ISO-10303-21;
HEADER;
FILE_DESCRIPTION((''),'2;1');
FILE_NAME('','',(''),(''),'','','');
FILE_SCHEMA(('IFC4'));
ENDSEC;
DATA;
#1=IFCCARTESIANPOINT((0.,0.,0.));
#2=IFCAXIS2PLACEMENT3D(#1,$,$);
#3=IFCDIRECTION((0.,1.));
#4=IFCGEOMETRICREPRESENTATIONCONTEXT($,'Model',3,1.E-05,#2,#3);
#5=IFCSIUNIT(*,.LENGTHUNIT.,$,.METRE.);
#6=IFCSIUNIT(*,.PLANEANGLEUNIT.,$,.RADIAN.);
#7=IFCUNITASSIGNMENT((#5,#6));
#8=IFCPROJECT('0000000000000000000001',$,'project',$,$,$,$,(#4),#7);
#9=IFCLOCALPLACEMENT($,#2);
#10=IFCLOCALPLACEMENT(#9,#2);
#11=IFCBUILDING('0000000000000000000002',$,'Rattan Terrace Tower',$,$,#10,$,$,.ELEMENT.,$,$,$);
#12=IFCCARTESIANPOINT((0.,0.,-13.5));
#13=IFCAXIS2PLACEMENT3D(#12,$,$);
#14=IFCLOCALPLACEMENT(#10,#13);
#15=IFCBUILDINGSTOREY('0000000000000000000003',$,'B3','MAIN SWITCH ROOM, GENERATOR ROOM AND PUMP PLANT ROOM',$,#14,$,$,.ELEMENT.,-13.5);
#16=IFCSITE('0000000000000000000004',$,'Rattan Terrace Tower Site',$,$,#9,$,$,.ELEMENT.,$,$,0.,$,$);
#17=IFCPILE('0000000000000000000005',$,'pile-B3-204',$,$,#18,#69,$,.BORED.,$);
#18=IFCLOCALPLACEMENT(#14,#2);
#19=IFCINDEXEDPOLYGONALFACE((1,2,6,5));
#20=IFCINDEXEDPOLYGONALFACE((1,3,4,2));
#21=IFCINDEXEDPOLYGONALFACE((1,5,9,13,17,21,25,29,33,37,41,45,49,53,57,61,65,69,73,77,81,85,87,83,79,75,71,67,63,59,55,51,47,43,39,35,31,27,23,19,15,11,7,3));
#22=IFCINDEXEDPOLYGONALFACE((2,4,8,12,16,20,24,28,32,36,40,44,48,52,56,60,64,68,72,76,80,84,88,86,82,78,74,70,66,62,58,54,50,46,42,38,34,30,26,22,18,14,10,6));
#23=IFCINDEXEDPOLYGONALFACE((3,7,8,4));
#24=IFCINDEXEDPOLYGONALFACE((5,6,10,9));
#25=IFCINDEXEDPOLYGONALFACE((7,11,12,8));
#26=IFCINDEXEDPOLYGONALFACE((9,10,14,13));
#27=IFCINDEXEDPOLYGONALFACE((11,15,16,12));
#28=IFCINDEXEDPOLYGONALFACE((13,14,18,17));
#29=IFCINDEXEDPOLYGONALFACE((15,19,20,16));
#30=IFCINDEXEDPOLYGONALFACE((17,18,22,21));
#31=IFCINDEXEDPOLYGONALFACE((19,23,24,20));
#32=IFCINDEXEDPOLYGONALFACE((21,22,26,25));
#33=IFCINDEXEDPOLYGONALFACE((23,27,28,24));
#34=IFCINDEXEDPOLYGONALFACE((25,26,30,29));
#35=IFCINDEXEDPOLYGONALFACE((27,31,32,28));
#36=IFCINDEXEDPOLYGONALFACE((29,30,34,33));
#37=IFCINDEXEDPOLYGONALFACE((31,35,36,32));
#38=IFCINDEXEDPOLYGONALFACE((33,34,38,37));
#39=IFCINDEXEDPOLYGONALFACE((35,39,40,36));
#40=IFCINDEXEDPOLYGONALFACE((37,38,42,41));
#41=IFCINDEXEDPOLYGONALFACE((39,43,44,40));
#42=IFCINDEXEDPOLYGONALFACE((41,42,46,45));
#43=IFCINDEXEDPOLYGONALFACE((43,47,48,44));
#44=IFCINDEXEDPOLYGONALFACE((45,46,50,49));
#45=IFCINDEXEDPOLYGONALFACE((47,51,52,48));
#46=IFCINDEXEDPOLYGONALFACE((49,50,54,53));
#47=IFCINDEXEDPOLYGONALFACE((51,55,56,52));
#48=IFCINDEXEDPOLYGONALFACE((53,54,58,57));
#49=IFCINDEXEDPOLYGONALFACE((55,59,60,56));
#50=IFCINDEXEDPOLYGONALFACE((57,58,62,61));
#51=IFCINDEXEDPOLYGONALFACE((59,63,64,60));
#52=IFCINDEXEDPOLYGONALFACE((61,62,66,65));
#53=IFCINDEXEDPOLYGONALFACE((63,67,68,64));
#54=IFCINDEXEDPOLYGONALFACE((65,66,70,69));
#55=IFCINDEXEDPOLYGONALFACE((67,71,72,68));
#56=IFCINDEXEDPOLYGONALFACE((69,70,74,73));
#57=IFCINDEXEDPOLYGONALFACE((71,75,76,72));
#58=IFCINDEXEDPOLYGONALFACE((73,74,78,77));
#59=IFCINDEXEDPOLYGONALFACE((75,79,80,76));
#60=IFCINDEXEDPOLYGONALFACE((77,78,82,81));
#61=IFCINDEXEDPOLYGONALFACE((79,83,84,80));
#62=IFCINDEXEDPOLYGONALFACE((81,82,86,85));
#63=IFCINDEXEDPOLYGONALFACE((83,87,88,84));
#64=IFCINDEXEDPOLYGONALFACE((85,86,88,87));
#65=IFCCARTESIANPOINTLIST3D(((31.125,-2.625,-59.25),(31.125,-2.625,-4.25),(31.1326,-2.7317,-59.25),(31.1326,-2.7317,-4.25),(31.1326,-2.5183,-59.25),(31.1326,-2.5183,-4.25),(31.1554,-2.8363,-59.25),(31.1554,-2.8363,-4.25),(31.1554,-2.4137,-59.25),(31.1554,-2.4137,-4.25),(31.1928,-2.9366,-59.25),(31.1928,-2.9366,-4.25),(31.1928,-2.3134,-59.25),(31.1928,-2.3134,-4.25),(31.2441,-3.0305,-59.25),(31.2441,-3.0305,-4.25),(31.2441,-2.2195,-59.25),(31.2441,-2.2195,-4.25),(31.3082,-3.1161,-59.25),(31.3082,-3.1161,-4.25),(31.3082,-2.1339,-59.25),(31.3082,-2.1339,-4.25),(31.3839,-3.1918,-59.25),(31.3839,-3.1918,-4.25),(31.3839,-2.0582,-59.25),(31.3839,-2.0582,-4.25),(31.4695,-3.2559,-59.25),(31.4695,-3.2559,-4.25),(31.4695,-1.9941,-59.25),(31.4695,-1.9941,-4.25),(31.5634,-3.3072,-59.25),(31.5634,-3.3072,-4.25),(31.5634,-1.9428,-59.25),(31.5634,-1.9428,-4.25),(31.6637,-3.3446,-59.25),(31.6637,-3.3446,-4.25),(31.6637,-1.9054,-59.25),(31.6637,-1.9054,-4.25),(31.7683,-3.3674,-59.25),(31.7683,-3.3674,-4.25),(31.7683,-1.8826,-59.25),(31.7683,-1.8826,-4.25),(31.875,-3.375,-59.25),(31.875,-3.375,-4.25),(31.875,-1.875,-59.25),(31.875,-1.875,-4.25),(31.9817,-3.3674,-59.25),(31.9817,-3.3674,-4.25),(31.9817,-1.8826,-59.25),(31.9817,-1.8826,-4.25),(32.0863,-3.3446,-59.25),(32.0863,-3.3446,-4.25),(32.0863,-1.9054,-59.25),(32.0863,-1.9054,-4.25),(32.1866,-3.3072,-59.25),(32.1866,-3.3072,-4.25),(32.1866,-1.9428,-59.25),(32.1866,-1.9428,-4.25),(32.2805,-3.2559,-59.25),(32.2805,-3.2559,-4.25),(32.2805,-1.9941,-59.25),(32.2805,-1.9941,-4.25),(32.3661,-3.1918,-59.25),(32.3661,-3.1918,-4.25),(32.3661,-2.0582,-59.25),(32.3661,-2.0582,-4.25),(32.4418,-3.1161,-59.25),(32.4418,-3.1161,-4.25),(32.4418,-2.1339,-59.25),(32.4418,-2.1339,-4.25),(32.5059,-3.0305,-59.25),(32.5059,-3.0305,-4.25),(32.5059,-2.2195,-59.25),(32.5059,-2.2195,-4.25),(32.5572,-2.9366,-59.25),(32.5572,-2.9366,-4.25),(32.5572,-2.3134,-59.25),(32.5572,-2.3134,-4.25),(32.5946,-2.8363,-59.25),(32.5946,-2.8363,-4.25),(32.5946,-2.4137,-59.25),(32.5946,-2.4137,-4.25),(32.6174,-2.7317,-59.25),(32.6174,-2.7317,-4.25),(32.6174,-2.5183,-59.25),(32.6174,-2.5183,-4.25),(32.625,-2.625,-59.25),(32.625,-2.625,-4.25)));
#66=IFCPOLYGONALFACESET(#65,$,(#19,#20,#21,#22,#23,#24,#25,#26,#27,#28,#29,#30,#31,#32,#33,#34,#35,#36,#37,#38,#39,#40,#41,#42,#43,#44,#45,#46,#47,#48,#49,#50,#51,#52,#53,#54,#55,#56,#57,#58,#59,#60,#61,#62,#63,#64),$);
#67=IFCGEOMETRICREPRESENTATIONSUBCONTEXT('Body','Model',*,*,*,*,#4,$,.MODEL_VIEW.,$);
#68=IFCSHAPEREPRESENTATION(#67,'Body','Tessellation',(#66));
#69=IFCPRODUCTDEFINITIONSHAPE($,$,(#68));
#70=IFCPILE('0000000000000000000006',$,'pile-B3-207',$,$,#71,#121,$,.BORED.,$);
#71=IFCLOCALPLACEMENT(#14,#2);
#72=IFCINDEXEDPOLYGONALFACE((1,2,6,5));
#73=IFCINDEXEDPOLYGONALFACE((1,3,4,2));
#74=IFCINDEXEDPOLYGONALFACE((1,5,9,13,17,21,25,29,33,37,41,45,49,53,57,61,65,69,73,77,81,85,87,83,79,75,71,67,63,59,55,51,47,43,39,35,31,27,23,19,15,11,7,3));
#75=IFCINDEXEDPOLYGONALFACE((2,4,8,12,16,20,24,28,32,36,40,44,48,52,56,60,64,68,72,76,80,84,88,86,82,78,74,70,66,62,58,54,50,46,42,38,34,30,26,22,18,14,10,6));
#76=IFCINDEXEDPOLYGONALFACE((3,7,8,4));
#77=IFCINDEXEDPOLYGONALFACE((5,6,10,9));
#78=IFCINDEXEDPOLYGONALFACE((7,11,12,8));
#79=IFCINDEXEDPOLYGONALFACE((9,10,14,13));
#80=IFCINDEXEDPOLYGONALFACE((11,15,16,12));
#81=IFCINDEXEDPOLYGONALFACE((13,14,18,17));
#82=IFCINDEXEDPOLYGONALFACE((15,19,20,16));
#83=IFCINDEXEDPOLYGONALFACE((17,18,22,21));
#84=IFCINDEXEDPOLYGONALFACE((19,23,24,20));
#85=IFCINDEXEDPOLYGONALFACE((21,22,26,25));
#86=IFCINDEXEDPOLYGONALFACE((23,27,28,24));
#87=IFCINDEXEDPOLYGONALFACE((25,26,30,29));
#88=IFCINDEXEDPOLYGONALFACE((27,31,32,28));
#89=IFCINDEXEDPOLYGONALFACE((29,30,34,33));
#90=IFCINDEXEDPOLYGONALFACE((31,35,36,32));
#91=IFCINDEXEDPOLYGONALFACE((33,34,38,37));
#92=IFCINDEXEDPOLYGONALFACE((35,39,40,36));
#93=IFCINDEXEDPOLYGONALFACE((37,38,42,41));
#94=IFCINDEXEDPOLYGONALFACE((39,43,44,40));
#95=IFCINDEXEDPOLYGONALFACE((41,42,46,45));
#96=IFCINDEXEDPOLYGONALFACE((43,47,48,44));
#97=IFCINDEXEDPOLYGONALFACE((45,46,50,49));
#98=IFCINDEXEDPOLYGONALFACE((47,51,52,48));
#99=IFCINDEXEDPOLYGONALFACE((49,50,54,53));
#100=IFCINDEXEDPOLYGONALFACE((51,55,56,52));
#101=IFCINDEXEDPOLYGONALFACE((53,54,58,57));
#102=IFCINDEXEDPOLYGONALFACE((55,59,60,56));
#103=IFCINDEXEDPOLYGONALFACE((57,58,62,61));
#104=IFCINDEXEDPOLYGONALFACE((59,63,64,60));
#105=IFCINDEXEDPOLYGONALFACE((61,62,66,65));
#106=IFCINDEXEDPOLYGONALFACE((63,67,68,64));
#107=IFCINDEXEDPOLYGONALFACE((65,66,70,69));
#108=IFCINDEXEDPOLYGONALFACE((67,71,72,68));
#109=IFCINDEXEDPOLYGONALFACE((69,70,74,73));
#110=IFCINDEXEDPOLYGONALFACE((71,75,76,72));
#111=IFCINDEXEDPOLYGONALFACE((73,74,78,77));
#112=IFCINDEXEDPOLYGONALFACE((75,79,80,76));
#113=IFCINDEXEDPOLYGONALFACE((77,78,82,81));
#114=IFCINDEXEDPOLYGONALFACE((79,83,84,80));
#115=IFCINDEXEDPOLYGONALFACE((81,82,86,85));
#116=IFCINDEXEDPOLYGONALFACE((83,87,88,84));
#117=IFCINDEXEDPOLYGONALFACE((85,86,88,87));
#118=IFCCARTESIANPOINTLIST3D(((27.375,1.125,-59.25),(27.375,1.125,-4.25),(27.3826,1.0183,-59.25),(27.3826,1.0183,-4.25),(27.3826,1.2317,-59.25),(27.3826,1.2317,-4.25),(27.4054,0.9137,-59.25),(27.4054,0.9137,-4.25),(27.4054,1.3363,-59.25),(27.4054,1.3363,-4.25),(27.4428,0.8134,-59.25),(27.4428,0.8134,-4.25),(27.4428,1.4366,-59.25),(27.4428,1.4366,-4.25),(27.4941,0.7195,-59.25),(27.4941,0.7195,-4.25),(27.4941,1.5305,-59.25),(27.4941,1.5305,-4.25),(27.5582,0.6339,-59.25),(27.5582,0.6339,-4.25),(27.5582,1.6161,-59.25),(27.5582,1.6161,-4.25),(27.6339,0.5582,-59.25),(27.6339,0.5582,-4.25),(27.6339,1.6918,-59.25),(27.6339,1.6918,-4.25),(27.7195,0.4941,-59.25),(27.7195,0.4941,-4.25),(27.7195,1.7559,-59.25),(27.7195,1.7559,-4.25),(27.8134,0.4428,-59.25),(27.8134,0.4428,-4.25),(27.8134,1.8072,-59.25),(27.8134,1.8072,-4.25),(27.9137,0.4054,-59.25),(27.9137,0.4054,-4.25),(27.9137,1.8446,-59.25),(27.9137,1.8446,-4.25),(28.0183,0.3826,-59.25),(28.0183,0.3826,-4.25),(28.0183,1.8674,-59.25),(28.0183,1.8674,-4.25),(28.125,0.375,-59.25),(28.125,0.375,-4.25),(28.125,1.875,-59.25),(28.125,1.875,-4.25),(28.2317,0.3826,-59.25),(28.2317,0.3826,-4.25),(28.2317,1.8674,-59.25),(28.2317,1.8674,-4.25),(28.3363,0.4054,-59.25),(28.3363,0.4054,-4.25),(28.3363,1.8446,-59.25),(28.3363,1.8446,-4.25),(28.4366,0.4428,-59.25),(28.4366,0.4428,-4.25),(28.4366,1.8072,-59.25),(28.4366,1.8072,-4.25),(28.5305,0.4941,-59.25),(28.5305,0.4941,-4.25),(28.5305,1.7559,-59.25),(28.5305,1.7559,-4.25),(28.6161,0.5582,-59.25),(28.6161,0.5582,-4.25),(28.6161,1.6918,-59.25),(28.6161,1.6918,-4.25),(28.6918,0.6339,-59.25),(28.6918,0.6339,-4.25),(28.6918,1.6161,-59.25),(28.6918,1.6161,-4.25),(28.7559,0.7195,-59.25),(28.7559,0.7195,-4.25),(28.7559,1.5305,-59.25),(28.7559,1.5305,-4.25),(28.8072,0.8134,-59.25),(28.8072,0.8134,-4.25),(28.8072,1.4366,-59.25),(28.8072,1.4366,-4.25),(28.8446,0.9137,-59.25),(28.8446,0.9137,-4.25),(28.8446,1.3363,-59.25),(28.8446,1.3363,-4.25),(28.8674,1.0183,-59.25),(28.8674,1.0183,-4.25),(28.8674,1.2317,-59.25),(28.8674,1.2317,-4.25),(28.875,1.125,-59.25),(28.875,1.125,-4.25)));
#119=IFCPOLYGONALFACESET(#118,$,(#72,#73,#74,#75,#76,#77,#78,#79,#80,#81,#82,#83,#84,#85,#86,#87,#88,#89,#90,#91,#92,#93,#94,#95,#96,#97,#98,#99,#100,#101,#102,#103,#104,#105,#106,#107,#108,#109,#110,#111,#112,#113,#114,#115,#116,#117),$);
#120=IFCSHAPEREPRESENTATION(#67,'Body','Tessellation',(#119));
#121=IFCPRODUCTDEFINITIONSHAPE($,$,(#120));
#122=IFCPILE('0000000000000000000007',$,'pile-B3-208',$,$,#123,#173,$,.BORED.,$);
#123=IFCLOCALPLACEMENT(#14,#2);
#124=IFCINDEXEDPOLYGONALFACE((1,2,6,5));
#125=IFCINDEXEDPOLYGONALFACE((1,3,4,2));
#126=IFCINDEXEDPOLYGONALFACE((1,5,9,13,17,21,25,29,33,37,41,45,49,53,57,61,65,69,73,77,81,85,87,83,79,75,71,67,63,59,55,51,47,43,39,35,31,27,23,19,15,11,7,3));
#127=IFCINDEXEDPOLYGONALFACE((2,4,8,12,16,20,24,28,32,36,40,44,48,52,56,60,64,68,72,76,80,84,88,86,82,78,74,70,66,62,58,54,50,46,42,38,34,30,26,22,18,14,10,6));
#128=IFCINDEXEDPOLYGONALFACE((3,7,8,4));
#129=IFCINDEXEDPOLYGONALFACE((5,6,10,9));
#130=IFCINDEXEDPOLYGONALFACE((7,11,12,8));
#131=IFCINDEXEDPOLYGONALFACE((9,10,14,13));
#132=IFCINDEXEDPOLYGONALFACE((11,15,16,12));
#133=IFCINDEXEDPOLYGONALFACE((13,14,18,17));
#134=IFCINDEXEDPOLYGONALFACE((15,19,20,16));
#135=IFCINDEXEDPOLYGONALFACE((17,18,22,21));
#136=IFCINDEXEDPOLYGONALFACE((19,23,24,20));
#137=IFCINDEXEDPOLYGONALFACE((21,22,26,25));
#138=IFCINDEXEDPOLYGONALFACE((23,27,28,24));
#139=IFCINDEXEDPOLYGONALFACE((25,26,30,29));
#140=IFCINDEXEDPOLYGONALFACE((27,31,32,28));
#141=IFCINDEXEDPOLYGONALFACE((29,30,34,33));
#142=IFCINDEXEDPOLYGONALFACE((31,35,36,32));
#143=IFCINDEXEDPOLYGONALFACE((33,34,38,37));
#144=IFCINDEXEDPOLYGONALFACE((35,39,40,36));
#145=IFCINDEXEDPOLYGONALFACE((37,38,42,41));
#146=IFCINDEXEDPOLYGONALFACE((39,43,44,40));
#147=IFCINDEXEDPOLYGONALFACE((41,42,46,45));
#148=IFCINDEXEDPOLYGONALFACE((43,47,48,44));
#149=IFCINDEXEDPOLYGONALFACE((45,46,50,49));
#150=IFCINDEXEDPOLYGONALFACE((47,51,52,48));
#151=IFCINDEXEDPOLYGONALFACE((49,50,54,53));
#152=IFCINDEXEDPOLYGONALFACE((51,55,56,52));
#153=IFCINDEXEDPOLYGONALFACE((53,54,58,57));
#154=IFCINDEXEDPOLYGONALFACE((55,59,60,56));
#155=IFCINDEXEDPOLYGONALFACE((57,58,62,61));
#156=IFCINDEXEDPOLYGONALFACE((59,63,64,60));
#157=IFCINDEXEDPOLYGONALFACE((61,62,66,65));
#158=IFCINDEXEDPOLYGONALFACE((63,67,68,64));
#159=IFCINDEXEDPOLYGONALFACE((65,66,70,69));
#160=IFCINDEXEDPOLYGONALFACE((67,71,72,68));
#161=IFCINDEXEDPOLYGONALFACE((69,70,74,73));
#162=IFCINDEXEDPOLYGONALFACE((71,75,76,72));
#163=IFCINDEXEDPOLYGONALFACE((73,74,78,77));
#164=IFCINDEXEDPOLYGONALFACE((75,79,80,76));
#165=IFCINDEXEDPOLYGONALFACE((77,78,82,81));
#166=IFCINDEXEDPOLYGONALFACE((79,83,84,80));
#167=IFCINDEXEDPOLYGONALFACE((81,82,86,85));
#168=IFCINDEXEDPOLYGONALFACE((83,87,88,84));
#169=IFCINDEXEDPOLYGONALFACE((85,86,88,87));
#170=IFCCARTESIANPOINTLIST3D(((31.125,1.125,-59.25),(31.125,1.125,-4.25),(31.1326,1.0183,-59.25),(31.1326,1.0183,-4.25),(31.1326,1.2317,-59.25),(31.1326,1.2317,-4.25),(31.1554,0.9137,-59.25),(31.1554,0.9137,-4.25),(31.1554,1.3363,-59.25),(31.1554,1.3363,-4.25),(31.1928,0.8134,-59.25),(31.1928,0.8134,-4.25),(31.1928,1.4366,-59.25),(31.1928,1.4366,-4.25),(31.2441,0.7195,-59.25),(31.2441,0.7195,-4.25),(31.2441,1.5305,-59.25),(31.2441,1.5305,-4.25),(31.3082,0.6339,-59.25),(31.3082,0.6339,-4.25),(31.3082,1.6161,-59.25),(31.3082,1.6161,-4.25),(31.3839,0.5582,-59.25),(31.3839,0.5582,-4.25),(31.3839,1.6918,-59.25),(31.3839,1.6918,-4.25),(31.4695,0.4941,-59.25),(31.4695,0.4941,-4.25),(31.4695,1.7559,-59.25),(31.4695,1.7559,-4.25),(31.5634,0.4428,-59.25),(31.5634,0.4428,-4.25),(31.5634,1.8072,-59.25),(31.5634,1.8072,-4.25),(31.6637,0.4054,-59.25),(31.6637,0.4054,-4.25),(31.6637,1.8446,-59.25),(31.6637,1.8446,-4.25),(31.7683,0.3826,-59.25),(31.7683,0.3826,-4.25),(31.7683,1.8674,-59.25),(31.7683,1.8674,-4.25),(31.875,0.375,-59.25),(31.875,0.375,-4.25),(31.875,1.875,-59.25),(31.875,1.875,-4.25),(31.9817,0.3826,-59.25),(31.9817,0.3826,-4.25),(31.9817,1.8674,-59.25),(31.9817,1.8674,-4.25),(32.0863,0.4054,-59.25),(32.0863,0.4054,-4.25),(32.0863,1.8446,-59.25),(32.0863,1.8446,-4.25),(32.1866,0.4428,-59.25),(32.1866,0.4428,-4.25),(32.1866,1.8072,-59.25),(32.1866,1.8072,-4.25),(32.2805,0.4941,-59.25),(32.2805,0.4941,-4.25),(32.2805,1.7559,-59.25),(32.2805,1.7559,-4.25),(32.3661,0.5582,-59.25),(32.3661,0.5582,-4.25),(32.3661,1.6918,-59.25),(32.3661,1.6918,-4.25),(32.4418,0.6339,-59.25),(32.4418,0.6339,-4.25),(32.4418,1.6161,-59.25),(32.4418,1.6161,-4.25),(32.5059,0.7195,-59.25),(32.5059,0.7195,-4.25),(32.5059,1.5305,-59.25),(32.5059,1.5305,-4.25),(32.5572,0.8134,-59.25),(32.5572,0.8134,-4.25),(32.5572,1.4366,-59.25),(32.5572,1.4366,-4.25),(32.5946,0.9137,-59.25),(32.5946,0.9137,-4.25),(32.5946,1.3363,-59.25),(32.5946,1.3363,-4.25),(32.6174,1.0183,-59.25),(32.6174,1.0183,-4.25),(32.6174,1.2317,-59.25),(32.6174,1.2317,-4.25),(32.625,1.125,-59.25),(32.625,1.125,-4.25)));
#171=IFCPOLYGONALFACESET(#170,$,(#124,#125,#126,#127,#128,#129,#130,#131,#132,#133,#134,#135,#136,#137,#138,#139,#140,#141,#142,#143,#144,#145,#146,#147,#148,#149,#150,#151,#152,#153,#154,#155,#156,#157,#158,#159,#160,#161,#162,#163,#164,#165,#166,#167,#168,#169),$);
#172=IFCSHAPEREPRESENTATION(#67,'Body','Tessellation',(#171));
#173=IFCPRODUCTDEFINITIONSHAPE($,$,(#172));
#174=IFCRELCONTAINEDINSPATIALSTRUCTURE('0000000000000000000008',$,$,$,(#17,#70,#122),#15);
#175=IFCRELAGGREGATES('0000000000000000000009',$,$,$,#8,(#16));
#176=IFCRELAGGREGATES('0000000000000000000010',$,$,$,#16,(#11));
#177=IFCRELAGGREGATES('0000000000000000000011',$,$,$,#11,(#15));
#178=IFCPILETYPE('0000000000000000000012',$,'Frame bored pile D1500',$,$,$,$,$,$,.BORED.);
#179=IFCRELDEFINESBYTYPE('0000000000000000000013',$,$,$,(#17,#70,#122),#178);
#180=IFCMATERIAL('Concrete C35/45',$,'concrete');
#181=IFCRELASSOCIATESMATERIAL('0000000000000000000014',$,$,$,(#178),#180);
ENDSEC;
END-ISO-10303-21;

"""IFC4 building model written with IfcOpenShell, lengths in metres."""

from ifc_helpers import new_model, si_unit, direction, frame, origin, origin_2d, place, context, subcontext, project, spatial, circle, extrude, material, material_profile, profile_set, type_object, element, save


model = new_model("IFC4")

# Units and contexts
model_context = context("Model", 3, precision=1e-05, world=origin(), true_north=direction((0.0, 1.0)))
body_context = subcontext(model_context, "Body", "Model", "MODEL_VIEW")
ifc_project = project(units=[si_unit("LENGTHUNIT", "METRE"), si_unit("PLANEANGLEUNIT", "RADIAN")], contexts=[model_context])

# Site, building, storey
site_placement = place(None, origin())
site = spatial("IfcSite", under=ifc_project, at=site_placement, Name="Rattan Terrace Tower Site", CompositionType="ELEMENT", RefElevation=0.0)
building_placement = place(site_placement, origin())
building = spatial("IfcBuilding", under=site, at=building_placement, Name="Rattan Terrace Tower", CompositionType="ELEMENT")
storey_placement = place(building_placement, frame((0.0, 0.0, -13.5)))
storey = spatial("IfcBuildingStorey", under=building, at=storey_placement, Name="B3", Description="MAIN SWITCH ROOM, GENERATOR ROOM AND PUMP PLANT ROOM", CompositionType="ELEMENT", Elevation=-13.5)

# Piles
ifc_material_1 = material(Name="Concrete C35/45", Category="concrete")
ifc_material_profile_1 = material_profile(ifc_material_1, circle(Radius=0.75, at=origin_2d()), Name="PILE D1500")
ifc_profile_set_1 = profile_set([ifc_material_profile_1], Name="Concrete C35/45")
pile_type = type_object("IfcPileType", Name="Frame bored pile D1500", PredefinedType="BORED", material=ifc_profile_set_1)
for number, where, z_axis, x_axis, name in (
    (1, (31.875, -2.625, -4.25), (0.0, 0.0, -1.0), (1.0, 0.0, 0.0), "pile-B3-204"),
    (2, (28.125, 1.125, -4.25), (0.0, 0.0, -1.0), (1.0, 0.0, 0.0), "pile-B3-207"),
    (3, (31.875, 1.125, -4.25), (0.0, 0.0, -1.0), (1.0, 0.0, 0.0), "pile-B3-208"),
):
    element("IfcPile", number, at=place(storey_placement, frame(where, z_axis=z_axis, x_axis=x_axis)), inside=storey, type_object=pile_type, Name=name, PredefinedType="BORED", context=body_context, shape_type="SweptSolid", body=[
        extrude(circle(Radius=0.75, at=origin_2d()), origin(), (0.0, 0.0, 1.0), 55.0),
    ])

save(model, "model.ifc")
